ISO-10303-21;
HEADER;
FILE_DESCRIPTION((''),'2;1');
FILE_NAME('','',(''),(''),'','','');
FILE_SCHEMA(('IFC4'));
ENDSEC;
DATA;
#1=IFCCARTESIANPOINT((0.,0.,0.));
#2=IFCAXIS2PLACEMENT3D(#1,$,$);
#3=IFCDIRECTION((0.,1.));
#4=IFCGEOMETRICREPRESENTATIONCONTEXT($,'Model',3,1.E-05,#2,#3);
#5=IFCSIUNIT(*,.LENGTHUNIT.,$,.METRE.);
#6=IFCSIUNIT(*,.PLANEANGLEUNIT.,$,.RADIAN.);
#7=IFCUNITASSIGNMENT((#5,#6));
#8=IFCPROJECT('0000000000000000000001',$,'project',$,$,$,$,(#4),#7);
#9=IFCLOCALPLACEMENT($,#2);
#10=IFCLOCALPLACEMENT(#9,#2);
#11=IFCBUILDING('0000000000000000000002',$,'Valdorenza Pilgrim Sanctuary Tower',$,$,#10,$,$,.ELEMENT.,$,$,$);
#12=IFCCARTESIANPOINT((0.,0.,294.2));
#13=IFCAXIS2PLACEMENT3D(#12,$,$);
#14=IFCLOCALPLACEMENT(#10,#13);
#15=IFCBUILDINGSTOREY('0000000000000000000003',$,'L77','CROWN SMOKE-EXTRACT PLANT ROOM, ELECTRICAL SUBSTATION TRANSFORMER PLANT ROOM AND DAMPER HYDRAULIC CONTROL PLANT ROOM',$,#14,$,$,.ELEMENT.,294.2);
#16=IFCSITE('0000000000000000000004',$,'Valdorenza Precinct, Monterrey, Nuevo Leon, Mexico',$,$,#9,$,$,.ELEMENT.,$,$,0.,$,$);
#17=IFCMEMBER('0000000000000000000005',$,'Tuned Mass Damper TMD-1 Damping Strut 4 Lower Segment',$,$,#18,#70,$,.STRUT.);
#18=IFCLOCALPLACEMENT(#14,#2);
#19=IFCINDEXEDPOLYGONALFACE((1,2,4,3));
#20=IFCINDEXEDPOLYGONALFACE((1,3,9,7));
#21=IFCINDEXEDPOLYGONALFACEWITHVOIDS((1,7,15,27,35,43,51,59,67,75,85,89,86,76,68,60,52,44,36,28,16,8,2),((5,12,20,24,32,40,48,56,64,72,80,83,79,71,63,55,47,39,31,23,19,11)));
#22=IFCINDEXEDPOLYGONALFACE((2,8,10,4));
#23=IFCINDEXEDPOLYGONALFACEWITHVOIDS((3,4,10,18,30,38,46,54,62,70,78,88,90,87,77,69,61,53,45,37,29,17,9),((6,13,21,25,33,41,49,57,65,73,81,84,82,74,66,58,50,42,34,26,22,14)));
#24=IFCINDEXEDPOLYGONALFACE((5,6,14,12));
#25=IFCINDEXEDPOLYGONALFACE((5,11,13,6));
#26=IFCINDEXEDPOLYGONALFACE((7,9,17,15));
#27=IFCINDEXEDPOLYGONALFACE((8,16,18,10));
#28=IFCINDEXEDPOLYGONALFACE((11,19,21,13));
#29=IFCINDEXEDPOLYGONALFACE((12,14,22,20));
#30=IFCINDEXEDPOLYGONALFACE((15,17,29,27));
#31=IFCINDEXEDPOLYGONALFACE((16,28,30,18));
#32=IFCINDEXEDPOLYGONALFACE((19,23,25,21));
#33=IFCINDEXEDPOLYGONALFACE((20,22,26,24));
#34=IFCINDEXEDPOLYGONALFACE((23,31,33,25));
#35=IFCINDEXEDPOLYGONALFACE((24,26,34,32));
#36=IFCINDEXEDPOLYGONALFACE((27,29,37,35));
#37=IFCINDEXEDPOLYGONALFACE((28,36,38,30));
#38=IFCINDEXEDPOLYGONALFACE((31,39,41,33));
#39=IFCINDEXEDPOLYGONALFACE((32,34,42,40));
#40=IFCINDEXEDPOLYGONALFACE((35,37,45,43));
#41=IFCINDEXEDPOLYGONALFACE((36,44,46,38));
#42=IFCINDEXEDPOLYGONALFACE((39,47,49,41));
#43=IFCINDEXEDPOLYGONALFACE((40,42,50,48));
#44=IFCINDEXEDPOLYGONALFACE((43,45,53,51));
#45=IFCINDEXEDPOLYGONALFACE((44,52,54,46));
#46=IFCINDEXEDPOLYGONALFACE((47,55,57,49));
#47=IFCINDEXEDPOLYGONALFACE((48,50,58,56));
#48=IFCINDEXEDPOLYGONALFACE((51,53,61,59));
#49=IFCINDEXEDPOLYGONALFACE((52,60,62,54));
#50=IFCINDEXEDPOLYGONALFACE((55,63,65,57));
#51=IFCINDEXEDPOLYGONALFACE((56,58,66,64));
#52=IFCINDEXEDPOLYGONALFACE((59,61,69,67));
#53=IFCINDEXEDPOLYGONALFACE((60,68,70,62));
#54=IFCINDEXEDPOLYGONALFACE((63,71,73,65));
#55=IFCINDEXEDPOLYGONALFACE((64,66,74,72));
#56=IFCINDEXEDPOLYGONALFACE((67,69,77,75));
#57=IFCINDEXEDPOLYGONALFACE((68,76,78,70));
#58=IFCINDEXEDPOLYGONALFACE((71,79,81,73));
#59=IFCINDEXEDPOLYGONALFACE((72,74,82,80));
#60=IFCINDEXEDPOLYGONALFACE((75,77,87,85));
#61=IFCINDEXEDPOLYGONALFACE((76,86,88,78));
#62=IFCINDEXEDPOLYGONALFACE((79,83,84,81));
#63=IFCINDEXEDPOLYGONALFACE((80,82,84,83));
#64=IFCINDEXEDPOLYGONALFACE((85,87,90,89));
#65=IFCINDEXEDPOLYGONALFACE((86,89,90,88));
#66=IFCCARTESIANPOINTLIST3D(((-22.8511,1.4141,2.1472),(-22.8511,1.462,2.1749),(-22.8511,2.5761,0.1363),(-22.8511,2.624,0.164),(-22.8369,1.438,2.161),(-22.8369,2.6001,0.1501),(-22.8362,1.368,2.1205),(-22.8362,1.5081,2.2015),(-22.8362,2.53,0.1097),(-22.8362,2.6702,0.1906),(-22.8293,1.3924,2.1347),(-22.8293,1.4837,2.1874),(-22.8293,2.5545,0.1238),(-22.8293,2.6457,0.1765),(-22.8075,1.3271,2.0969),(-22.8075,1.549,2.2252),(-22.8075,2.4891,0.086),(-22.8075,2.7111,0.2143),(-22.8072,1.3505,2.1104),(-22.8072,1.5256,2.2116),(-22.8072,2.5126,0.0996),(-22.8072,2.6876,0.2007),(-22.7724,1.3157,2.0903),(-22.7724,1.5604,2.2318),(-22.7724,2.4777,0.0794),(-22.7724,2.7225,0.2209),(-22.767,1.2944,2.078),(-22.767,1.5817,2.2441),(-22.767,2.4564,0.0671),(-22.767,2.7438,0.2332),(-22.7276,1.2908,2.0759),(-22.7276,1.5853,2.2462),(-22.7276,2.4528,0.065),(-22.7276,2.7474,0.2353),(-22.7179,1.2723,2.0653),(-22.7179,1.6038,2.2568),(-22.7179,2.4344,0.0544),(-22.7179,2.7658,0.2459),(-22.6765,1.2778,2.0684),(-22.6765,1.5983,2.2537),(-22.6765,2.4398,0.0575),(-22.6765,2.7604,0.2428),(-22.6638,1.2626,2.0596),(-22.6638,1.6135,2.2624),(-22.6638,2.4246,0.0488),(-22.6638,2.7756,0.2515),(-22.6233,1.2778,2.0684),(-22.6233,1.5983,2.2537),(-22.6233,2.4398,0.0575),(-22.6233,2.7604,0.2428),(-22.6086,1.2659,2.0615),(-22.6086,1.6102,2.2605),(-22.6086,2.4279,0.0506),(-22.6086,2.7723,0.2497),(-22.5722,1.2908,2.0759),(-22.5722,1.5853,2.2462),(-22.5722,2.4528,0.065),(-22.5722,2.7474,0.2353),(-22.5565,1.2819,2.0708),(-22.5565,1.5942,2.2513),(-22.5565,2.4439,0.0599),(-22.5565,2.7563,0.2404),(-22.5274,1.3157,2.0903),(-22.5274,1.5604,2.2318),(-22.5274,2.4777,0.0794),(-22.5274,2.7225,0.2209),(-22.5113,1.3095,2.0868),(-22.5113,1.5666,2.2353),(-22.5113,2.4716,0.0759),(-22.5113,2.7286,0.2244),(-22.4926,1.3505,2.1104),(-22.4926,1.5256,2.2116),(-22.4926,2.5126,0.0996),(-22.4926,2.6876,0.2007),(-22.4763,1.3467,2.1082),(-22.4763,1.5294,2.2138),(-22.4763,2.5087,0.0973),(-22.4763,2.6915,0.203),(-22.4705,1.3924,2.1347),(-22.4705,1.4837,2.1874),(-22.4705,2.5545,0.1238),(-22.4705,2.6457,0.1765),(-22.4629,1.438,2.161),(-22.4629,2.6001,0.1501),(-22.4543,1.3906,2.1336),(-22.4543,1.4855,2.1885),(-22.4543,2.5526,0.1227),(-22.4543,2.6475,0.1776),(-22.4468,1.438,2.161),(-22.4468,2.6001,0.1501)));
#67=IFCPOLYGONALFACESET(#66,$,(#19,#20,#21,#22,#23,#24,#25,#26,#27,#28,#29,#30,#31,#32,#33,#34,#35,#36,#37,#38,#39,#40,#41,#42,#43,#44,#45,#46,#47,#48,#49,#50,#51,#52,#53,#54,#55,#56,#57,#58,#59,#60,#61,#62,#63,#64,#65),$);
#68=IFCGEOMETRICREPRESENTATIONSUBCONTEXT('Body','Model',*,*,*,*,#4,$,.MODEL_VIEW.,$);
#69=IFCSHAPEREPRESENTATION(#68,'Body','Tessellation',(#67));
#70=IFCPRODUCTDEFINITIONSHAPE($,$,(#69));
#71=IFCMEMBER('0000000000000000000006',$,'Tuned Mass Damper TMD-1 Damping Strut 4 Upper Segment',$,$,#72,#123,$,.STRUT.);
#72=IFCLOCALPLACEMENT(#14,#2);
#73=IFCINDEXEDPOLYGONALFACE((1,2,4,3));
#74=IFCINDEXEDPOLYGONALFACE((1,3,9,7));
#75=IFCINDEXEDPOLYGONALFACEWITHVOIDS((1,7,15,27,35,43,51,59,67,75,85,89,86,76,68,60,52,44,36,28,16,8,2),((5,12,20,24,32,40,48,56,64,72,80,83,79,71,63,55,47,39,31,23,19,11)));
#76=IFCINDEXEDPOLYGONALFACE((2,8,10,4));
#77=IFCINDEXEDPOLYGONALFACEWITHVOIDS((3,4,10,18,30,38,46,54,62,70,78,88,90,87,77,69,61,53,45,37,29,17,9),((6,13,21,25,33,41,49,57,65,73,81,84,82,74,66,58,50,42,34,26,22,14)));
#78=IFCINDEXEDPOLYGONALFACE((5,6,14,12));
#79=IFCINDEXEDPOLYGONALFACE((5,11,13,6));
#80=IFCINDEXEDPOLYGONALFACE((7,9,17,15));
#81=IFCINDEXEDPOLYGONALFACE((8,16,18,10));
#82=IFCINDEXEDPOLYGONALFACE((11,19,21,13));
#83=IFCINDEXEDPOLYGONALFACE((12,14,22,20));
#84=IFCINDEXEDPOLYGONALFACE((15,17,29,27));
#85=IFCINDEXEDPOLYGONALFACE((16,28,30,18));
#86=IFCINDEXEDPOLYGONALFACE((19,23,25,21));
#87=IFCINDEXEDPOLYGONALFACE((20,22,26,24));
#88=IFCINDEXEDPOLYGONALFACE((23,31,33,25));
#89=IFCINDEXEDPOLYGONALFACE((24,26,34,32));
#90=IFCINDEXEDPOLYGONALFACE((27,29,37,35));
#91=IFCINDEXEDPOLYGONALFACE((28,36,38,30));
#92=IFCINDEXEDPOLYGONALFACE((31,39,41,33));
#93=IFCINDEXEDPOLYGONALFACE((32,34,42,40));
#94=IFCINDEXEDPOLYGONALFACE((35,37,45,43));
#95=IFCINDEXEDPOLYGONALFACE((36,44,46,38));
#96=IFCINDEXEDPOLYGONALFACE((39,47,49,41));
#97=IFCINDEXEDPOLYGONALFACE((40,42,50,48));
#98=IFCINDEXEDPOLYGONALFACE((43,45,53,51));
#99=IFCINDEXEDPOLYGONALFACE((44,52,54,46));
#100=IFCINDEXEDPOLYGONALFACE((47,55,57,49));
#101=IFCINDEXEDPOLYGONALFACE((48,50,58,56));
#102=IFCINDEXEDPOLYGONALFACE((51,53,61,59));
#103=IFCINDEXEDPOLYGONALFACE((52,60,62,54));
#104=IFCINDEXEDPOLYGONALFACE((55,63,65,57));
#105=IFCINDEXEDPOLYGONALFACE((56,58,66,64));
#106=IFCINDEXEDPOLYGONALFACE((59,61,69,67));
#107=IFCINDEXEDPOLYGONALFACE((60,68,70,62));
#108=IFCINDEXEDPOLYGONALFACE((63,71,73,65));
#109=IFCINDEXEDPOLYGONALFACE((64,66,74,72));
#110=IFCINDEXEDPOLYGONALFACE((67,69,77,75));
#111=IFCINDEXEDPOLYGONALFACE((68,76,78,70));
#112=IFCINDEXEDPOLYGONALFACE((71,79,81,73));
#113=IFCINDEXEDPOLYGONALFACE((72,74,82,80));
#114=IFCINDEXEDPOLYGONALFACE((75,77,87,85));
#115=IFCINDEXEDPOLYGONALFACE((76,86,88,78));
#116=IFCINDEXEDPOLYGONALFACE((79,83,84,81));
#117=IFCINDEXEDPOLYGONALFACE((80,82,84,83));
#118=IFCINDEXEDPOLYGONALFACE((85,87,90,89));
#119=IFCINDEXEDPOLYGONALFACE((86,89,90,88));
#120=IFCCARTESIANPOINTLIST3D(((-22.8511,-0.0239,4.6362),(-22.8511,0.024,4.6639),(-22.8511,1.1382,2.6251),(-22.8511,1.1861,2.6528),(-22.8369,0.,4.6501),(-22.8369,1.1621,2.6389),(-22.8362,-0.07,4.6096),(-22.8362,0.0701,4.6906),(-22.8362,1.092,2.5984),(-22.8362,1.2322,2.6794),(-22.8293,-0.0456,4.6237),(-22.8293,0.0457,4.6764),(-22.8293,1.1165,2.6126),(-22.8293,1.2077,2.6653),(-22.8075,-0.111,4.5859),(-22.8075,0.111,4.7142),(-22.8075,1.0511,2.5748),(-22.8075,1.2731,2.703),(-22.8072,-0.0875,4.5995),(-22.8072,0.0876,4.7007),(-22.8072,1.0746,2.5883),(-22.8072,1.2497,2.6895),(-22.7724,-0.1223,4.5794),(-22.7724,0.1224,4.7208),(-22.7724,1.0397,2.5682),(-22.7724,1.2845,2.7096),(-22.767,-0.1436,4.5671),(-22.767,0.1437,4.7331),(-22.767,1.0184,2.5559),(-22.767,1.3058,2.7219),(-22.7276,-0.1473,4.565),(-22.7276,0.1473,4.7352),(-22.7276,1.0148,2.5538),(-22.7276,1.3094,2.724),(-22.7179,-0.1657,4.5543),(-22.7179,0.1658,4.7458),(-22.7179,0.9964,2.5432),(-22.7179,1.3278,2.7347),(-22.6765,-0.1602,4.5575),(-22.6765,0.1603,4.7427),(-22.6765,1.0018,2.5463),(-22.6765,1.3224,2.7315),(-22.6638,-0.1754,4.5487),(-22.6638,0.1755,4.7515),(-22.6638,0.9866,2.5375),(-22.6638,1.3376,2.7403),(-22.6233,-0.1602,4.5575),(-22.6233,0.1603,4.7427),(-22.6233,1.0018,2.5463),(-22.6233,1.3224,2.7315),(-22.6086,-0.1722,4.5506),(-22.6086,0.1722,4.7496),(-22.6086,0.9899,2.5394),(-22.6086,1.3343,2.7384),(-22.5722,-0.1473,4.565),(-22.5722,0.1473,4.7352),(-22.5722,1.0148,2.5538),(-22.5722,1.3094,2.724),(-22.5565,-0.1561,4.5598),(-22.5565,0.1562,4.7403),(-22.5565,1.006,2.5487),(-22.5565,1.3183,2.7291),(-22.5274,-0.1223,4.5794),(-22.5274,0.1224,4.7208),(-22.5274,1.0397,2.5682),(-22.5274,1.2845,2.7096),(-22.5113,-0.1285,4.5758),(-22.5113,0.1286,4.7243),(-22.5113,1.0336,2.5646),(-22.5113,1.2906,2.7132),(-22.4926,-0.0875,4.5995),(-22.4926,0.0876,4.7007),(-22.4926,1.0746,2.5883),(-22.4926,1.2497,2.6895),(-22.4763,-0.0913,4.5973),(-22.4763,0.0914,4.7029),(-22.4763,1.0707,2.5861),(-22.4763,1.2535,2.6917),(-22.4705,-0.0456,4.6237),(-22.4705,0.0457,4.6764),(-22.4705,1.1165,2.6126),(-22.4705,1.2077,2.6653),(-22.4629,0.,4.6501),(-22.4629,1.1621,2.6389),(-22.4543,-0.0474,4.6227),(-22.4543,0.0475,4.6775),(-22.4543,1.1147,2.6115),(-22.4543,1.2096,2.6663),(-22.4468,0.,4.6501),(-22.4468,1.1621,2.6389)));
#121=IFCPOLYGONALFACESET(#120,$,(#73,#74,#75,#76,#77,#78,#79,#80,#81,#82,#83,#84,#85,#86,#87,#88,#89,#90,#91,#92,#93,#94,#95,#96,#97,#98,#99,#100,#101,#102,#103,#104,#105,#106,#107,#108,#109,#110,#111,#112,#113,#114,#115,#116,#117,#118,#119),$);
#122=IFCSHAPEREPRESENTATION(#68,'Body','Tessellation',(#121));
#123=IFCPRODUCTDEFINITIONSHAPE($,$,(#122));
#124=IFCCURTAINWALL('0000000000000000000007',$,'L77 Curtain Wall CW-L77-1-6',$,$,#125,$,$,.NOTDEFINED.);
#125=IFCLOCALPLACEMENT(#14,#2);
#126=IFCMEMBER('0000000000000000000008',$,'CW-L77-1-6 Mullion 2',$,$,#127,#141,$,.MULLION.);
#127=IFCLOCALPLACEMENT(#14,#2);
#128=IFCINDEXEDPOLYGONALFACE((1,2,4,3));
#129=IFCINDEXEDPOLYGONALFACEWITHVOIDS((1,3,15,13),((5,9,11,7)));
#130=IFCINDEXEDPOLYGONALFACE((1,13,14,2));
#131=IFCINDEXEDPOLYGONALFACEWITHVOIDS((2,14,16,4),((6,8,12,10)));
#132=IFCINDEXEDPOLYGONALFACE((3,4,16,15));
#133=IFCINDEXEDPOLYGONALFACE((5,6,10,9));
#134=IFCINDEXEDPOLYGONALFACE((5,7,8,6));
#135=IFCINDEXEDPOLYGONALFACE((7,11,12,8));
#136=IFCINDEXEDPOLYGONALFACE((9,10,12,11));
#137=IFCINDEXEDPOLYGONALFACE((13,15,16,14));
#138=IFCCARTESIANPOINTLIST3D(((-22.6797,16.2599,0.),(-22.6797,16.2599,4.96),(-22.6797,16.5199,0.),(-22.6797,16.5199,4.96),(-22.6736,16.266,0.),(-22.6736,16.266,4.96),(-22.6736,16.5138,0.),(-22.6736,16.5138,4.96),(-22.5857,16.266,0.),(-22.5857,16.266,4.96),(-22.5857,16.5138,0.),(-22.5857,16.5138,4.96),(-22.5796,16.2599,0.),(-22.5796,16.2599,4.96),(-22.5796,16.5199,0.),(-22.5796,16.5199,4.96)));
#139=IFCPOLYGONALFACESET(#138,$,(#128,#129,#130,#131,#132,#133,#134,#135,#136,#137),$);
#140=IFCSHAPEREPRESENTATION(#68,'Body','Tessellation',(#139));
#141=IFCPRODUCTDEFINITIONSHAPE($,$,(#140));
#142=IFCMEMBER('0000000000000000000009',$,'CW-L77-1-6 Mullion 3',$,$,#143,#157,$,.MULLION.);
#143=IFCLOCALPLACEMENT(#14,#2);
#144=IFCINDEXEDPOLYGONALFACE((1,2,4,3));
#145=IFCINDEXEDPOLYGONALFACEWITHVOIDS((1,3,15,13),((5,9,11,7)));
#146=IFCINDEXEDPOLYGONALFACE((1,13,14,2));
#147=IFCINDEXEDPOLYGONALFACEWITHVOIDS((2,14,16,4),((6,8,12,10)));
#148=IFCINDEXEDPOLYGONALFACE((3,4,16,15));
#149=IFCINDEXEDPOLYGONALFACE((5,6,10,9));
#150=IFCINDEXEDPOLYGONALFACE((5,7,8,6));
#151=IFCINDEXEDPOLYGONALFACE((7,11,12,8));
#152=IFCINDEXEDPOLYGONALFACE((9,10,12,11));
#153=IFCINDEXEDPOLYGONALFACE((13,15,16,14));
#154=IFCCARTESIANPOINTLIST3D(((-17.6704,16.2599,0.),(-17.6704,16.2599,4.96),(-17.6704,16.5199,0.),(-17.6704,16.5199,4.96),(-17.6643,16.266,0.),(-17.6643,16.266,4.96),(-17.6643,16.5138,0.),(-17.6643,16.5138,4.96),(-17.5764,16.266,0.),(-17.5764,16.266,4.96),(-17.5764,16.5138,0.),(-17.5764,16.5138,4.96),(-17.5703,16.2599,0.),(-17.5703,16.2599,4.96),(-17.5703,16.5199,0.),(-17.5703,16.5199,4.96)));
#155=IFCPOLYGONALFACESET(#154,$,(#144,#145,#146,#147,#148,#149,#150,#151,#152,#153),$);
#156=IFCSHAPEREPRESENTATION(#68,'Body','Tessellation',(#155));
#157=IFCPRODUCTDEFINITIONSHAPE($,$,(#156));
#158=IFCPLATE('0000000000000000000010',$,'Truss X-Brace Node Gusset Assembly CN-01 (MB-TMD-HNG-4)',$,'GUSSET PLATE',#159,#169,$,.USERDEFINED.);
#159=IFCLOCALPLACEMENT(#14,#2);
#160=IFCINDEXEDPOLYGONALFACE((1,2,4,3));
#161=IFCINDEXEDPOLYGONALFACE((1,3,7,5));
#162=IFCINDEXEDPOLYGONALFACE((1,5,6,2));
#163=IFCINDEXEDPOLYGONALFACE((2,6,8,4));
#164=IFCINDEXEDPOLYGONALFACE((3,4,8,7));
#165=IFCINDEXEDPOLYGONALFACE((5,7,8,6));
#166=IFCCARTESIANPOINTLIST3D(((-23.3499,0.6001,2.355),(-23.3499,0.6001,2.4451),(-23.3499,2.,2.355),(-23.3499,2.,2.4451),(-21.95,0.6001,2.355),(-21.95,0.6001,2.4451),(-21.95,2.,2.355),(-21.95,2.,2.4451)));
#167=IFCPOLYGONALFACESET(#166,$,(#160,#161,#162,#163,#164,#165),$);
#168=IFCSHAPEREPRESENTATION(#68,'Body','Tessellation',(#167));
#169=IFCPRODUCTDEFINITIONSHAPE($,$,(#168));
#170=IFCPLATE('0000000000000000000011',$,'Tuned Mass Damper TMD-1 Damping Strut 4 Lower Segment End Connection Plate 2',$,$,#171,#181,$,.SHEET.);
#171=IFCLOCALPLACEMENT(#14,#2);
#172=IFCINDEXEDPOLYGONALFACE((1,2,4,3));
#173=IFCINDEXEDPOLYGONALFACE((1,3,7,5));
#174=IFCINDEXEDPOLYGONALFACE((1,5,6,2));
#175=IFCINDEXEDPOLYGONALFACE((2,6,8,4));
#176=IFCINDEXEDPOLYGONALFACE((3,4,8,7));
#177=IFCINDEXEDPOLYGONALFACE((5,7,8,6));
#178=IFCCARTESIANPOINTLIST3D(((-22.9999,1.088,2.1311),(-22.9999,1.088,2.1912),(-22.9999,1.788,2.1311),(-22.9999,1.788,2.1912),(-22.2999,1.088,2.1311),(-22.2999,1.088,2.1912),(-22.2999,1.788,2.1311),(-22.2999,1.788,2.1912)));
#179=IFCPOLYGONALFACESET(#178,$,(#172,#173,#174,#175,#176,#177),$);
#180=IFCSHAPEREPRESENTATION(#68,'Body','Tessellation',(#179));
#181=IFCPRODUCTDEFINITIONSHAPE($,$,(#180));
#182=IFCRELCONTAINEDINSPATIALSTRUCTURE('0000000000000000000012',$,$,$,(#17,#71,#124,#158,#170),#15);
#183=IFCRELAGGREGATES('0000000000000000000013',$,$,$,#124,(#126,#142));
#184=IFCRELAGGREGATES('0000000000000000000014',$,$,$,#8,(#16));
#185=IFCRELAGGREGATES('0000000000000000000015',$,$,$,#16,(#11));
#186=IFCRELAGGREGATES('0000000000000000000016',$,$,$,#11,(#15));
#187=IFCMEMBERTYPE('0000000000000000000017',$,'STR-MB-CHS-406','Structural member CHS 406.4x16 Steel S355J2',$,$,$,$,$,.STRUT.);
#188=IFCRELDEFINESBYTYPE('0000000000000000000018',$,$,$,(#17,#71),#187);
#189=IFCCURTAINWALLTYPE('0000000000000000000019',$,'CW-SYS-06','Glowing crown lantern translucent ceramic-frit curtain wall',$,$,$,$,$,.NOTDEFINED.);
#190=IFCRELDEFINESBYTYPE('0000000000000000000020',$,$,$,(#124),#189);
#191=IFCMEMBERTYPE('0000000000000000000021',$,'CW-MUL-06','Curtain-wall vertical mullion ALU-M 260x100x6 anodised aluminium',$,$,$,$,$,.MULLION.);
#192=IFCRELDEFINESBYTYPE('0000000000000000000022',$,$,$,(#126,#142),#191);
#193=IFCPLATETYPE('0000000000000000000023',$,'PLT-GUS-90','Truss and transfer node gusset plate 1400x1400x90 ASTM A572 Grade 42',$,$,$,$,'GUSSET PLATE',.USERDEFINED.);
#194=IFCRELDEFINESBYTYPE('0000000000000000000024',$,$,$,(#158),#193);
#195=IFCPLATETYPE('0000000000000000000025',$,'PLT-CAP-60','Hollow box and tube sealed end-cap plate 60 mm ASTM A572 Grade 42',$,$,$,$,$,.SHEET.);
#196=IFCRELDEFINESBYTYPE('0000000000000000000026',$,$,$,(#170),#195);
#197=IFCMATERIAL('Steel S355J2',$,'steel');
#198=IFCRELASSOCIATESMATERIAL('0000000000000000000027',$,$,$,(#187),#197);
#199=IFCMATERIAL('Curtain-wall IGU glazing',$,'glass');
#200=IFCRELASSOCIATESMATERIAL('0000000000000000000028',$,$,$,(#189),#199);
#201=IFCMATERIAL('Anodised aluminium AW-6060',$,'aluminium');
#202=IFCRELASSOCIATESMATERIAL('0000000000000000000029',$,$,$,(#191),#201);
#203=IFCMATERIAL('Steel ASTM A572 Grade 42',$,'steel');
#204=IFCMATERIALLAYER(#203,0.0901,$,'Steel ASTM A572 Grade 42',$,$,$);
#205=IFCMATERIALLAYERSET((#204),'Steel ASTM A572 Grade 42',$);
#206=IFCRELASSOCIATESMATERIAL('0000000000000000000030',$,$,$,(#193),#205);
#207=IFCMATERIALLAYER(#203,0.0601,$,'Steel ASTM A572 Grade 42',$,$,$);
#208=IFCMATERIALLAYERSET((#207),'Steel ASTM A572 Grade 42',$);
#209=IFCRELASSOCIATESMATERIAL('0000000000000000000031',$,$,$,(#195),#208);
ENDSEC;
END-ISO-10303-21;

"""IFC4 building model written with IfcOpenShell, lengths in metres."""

from ifc_helpers import new_model, si_unit, direction, frame, origin, origin_2d, place, context, subcontext, project, spatial, rectangle, hollow_rectangle, hollow_circle, extrude, source, transform, mapped, material, layer, layer_set, material_profile, profile_set, type_object, element, aggregate, save


model = new_model("IFC4")

# Units and contexts
model_context = context("Model", 3, precision=1e-05, world=origin(), true_north=direction((0.0, 1.0)))
body_context = subcontext(model_context, "Body", "Model", "MODEL_VIEW")
ifc_project = project(units=[si_unit("LENGTHUNIT", "METRE"), si_unit("PLANEANGLEUNIT", "RADIAN")], contexts=[model_context])

# Site, building, storey
site_placement = place(None, origin())
site = spatial("IfcSite", under=ifc_project, at=site_placement, Name="Valdorenza Precinct, Monterrey, Nuevo Leon, Mexico", CompositionType="ELEMENT", RefElevation=0.0)
building_placement = place(site_placement, origin())
building = spatial("IfcBuilding", under=site, at=building_placement, Name="Valdorenza Pilgrim Sanctuary Tower", CompositionType="ELEMENT")
storey_placement = place(building_placement, frame((0.0, 0.0, 294.2)))
storey = spatial("IfcBuildingStorey", under=building, at=storey_placement, Name="L77", Description="CROWN SMOKE-EXTRACT PLANT ROOM, ELECTRICAL SUBSTATION TRANSFORMER PLANT ROOM AND DAMPER HYDRAULIC CONTROL PLANT ROOM", CompositionType="ELEMENT", Elevation=294.2)

# Members
ifc_material_1 = material(Name="Steel S355J2", Category="steel")
ifc_material_profile_1 = material_profile(ifc_material_1, hollow_circle(Radius=0.2031, WallThickness=0.0161, at=origin_2d()), Name="CHS 406.4x16")
ifc_profile_set_1 = profile_set([ifc_material_profile_1], Name="Steel S355J2")
member_type_1 = type_object("IfcMemberType", Name="STR-MB-CHS-406", Description="Structural member CHS 406.4x16 Steel S355J2", PredefinedType="STRUT", material=ifc_profile_set_1)
shared_shape_1 = source(origin(), body_context, "Body", "SweptSolid", [
    extrude(hollow_circle(Radius=0.2031, WallThickness=0.0161, at=origin_2d()), origin(), (0.0, 0.0, 1.0), 2.3225),
])
member_1_placement = place(storey_placement, frame((-22.6499, 2.6001, 0.1501), z_axis=(0.0, -0.500344, 0.865827), x_axis=(1.0, 0.0, 0.0)))
element("IfcMember", 1, at=member_1_placement, inside=storey, type_object=member_type_1, Name="Tuned Mass Damper TMD-1 Damping Strut 4 Lower Segment", PredefinedType="STRUT", context=body_context, shape_type="MappedRepresentation", body=[
    mapped(shared_shape_1, transform((0.0, 0.0, 0.0), x_axis=(1.0, 0.0, 0.0), y_axis=(0.0, 1.0, 0.0), z_axis=(0.0, 0.0, 1.0), scale=1.0)),
])
shared_shape_2 = source(origin(), body_context, "Body", "SweptSolid", [
    extrude(hollow_circle(Radius=0.2031, WallThickness=0.0161, at=origin_2d()), origin(), (0.0, 0.0, 1.0), 2.3228),
])
member_2_placement = place(storey_placement, frame((-22.6499, 1.1621, 2.6389), z_axis=(0.0, -0.500299, 0.865853), x_axis=(1.0, 0.0, 0.0)))
element("IfcMember", 2, at=member_2_placement, inside=storey, type_object=member_type_1, Name="Tuned Mass Damper TMD-1 Damping Strut 4 Upper Segment", PredefinedType="STRUT", context=body_context, shape_type="MappedRepresentation", body=[
    mapped(shared_shape_2, transform((0.0, 0.0, 0.0), x_axis=(1.0, 0.0, 0.0), y_axis=(0.0, 1.0, 0.0), z_axis=(0.0, 0.0, 1.0), scale=1.0)),
])

# Curtain wall, members
ifc_material_2 = material(Name="Curtain-wall IGU glazing", Category="glass")
curtain_wall_type = type_object("IfcCurtainWallType", Name="CW-SYS-06", Description="Glowing crown lantern translucent ceramic-frit curtain wall", PredefinedType="NOTDEFINED", material=ifc_material_2)
curtain_wall_placement = place(storey_placement, origin())
curtain_wall = element("IfcCurtainWall", 3, at=curtain_wall_placement, inside=storey, type_object=curtain_wall_type, Name="L77 Curtain Wall CW-L77-1-6", PredefinedType="NOTDEFINED")
ifc_material_3 = material(Name="Anodised aluminium AW-6060", Category="aluminium")
ifc_material_profile_2 = material_profile(ifc_material_3, hollow_rectangle(XDim=0.1001, YDim=0.26, WallThickness=0.0061, at=origin_2d()), Name="ALU-M 260x100x6")
ifc_profile_set_2 = profile_set([ifc_material_profile_2], Name="Anodised aluminium AW-6060")
member_type_2 = type_object("IfcMemberType", Name="CW-MUL-06", Description="Curtain-wall vertical mullion ALU-M 260x100x6 anodised aluminium", PredefinedType="MULLION", material=ifc_profile_set_2)
shared_shape_3 = source(origin(), body_context, "Body", "SweptSolid", [
    extrude(hollow_rectangle(XDim=0.1001, YDim=0.26, WallThickness=0.0061, at=origin_2d()), origin(), (0.0, 0.0, 1.0), 4.96),
])
member_3_placement = place(storey_placement, frame((-22.6296, 16.3899, 0.0), z_axis=(0.0, 0.0, 1.0), x_axis=(1.0, 0.0, 0.0)))
member_3 = element("IfcMember", 4, at=member_3_placement, type_object=member_type_2, Name="CW-L77-1-6 Mullion 2", PredefinedType="MULLION", context=body_context, shape_type="MappedRepresentation", body=[
    mapped(shared_shape_3, transform((0.0, 0.0, 0.0), x_axis=(1.0, 0.0, 0.0), y_axis=(0.0, 1.0, 0.0), z_axis=(0.0, 0.0, 1.0), scale=1.0)),
])
member_4_placement = place(storey_placement, frame((-17.6204, 16.3899, 0.0), z_axis=(0.0, 0.0, 1.0), x_axis=(1.0, 0.0, 0.0)))
member_4 = element("IfcMember", 5, at=member_4_placement, type_object=member_type_2, Name="CW-L77-1-6 Mullion 3", PredefinedType="MULLION", context=body_context, shape_type="MappedRepresentation", body=[
    mapped(shared_shape_3, transform((0.0, 0.0, 0.0), x_axis=(1.0, 0.0, 0.0), y_axis=(0.0, 1.0, 0.0), z_axis=(0.0, 0.0, 1.0), scale=1.0)),
])

# Plates
ifc_material_4 = material(Name="Steel ASTM A572 Grade 42", Category="steel")
ifc_layer_1 = layer(ifc_material_4, 0.0901, Name="Steel ASTM A572 Grade 42")
ifc_layer_set_1 = layer_set([ifc_layer_1], Name="Steel ASTM A572 Grade 42")
plate_type_1 = type_object("IfcPlateType", Name="PLT-GUS-90", Description="Truss and transfer node gusset plate 1400x1400x90 ASTM A572 Grade 42", ElementType="GUSSET PLATE", PredefinedType="USERDEFINED", material=ifc_layer_set_1)
shared_shape_4 = source(origin(), body_context, "Body", "SweptSolid", [
    extrude(rectangle(XDim=1.3999, YDim=1.3999, at=origin_2d()), origin(), (0.0, 0.0, 1.0), 0.0901),
])
plate_1_placement = place(storey_placement, frame((-22.6499, 1.3, 2.355), z_axis=(0.0, 0.0, 1.0), x_axis=(1.0, 0.0, 0.0)))
element("IfcPlate", 6, at=plate_1_placement, inside=storey, type_object=plate_type_1, Name="Truss X-Brace Node Gusset Assembly CN-01 (MB-TMD-HNG-4)", ObjectType="GUSSET PLATE", PredefinedType="USERDEFINED", context=body_context, shape_type="MappedRepresentation", body=[
    mapped(shared_shape_4, transform((0.0, 0.0, 0.0), x_axis=(1.0, 0.0, 0.0), y_axis=(0.0, 1.0, 0.0), z_axis=(0.0, 0.0, 1.0), scale=1.0)),
])
ifc_layer_2 = layer(ifc_material_4, 0.0601, Name="Steel ASTM A572 Grade 42")
ifc_layer_set_2 = layer_set([ifc_layer_2], Name="Steel ASTM A572 Grade 42")
plate_type_2 = type_object("IfcPlateType", Name="PLT-CAP-60", Description="Hollow box and tube sealed end-cap plate 60 mm ASTM A572 Grade 42", PredefinedType="SHEET", material=ifc_layer_set_2)
shared_shape_5 = source(origin(), body_context, "Body", "SweptSolid", [
    extrude(rectangle(XDim=0.7, YDim=0.7, at=origin_2d()), origin(), (0.0, 0.0, 1.0), 0.0601),
])
for number, where, z_axis, x_axis, name in (
    (7, (-22.6499, 1.438, 2.1311), (0.0, 0.0, 1.0), (1.0, 0.0, 0.0), "Tuned Mass Damper TMD-1 Damping Strut 4 Lower Segment End Connection Plate 2"),
):
    element("IfcPlate", number, at=place(storey_placement, frame(where, z_axis=z_axis, x_axis=x_axis)), inside=storey, type_object=plate_type_2, Name=name, PredefinedType="SHEET", context=body_context, shape_type="MappedRepresentation", body=[
        mapped(shared_shape_5, transform((0.0, 0.0, 0.0), x_axis=(1.0, 0.0, 0.0), y_axis=(0.0, 1.0, 0.0), z_axis=(0.0, 0.0, 1.0), scale=1.0)),
    ])

aggregate(curtain_wall, [member_3, member_4])

save(model, "model.ifc")
